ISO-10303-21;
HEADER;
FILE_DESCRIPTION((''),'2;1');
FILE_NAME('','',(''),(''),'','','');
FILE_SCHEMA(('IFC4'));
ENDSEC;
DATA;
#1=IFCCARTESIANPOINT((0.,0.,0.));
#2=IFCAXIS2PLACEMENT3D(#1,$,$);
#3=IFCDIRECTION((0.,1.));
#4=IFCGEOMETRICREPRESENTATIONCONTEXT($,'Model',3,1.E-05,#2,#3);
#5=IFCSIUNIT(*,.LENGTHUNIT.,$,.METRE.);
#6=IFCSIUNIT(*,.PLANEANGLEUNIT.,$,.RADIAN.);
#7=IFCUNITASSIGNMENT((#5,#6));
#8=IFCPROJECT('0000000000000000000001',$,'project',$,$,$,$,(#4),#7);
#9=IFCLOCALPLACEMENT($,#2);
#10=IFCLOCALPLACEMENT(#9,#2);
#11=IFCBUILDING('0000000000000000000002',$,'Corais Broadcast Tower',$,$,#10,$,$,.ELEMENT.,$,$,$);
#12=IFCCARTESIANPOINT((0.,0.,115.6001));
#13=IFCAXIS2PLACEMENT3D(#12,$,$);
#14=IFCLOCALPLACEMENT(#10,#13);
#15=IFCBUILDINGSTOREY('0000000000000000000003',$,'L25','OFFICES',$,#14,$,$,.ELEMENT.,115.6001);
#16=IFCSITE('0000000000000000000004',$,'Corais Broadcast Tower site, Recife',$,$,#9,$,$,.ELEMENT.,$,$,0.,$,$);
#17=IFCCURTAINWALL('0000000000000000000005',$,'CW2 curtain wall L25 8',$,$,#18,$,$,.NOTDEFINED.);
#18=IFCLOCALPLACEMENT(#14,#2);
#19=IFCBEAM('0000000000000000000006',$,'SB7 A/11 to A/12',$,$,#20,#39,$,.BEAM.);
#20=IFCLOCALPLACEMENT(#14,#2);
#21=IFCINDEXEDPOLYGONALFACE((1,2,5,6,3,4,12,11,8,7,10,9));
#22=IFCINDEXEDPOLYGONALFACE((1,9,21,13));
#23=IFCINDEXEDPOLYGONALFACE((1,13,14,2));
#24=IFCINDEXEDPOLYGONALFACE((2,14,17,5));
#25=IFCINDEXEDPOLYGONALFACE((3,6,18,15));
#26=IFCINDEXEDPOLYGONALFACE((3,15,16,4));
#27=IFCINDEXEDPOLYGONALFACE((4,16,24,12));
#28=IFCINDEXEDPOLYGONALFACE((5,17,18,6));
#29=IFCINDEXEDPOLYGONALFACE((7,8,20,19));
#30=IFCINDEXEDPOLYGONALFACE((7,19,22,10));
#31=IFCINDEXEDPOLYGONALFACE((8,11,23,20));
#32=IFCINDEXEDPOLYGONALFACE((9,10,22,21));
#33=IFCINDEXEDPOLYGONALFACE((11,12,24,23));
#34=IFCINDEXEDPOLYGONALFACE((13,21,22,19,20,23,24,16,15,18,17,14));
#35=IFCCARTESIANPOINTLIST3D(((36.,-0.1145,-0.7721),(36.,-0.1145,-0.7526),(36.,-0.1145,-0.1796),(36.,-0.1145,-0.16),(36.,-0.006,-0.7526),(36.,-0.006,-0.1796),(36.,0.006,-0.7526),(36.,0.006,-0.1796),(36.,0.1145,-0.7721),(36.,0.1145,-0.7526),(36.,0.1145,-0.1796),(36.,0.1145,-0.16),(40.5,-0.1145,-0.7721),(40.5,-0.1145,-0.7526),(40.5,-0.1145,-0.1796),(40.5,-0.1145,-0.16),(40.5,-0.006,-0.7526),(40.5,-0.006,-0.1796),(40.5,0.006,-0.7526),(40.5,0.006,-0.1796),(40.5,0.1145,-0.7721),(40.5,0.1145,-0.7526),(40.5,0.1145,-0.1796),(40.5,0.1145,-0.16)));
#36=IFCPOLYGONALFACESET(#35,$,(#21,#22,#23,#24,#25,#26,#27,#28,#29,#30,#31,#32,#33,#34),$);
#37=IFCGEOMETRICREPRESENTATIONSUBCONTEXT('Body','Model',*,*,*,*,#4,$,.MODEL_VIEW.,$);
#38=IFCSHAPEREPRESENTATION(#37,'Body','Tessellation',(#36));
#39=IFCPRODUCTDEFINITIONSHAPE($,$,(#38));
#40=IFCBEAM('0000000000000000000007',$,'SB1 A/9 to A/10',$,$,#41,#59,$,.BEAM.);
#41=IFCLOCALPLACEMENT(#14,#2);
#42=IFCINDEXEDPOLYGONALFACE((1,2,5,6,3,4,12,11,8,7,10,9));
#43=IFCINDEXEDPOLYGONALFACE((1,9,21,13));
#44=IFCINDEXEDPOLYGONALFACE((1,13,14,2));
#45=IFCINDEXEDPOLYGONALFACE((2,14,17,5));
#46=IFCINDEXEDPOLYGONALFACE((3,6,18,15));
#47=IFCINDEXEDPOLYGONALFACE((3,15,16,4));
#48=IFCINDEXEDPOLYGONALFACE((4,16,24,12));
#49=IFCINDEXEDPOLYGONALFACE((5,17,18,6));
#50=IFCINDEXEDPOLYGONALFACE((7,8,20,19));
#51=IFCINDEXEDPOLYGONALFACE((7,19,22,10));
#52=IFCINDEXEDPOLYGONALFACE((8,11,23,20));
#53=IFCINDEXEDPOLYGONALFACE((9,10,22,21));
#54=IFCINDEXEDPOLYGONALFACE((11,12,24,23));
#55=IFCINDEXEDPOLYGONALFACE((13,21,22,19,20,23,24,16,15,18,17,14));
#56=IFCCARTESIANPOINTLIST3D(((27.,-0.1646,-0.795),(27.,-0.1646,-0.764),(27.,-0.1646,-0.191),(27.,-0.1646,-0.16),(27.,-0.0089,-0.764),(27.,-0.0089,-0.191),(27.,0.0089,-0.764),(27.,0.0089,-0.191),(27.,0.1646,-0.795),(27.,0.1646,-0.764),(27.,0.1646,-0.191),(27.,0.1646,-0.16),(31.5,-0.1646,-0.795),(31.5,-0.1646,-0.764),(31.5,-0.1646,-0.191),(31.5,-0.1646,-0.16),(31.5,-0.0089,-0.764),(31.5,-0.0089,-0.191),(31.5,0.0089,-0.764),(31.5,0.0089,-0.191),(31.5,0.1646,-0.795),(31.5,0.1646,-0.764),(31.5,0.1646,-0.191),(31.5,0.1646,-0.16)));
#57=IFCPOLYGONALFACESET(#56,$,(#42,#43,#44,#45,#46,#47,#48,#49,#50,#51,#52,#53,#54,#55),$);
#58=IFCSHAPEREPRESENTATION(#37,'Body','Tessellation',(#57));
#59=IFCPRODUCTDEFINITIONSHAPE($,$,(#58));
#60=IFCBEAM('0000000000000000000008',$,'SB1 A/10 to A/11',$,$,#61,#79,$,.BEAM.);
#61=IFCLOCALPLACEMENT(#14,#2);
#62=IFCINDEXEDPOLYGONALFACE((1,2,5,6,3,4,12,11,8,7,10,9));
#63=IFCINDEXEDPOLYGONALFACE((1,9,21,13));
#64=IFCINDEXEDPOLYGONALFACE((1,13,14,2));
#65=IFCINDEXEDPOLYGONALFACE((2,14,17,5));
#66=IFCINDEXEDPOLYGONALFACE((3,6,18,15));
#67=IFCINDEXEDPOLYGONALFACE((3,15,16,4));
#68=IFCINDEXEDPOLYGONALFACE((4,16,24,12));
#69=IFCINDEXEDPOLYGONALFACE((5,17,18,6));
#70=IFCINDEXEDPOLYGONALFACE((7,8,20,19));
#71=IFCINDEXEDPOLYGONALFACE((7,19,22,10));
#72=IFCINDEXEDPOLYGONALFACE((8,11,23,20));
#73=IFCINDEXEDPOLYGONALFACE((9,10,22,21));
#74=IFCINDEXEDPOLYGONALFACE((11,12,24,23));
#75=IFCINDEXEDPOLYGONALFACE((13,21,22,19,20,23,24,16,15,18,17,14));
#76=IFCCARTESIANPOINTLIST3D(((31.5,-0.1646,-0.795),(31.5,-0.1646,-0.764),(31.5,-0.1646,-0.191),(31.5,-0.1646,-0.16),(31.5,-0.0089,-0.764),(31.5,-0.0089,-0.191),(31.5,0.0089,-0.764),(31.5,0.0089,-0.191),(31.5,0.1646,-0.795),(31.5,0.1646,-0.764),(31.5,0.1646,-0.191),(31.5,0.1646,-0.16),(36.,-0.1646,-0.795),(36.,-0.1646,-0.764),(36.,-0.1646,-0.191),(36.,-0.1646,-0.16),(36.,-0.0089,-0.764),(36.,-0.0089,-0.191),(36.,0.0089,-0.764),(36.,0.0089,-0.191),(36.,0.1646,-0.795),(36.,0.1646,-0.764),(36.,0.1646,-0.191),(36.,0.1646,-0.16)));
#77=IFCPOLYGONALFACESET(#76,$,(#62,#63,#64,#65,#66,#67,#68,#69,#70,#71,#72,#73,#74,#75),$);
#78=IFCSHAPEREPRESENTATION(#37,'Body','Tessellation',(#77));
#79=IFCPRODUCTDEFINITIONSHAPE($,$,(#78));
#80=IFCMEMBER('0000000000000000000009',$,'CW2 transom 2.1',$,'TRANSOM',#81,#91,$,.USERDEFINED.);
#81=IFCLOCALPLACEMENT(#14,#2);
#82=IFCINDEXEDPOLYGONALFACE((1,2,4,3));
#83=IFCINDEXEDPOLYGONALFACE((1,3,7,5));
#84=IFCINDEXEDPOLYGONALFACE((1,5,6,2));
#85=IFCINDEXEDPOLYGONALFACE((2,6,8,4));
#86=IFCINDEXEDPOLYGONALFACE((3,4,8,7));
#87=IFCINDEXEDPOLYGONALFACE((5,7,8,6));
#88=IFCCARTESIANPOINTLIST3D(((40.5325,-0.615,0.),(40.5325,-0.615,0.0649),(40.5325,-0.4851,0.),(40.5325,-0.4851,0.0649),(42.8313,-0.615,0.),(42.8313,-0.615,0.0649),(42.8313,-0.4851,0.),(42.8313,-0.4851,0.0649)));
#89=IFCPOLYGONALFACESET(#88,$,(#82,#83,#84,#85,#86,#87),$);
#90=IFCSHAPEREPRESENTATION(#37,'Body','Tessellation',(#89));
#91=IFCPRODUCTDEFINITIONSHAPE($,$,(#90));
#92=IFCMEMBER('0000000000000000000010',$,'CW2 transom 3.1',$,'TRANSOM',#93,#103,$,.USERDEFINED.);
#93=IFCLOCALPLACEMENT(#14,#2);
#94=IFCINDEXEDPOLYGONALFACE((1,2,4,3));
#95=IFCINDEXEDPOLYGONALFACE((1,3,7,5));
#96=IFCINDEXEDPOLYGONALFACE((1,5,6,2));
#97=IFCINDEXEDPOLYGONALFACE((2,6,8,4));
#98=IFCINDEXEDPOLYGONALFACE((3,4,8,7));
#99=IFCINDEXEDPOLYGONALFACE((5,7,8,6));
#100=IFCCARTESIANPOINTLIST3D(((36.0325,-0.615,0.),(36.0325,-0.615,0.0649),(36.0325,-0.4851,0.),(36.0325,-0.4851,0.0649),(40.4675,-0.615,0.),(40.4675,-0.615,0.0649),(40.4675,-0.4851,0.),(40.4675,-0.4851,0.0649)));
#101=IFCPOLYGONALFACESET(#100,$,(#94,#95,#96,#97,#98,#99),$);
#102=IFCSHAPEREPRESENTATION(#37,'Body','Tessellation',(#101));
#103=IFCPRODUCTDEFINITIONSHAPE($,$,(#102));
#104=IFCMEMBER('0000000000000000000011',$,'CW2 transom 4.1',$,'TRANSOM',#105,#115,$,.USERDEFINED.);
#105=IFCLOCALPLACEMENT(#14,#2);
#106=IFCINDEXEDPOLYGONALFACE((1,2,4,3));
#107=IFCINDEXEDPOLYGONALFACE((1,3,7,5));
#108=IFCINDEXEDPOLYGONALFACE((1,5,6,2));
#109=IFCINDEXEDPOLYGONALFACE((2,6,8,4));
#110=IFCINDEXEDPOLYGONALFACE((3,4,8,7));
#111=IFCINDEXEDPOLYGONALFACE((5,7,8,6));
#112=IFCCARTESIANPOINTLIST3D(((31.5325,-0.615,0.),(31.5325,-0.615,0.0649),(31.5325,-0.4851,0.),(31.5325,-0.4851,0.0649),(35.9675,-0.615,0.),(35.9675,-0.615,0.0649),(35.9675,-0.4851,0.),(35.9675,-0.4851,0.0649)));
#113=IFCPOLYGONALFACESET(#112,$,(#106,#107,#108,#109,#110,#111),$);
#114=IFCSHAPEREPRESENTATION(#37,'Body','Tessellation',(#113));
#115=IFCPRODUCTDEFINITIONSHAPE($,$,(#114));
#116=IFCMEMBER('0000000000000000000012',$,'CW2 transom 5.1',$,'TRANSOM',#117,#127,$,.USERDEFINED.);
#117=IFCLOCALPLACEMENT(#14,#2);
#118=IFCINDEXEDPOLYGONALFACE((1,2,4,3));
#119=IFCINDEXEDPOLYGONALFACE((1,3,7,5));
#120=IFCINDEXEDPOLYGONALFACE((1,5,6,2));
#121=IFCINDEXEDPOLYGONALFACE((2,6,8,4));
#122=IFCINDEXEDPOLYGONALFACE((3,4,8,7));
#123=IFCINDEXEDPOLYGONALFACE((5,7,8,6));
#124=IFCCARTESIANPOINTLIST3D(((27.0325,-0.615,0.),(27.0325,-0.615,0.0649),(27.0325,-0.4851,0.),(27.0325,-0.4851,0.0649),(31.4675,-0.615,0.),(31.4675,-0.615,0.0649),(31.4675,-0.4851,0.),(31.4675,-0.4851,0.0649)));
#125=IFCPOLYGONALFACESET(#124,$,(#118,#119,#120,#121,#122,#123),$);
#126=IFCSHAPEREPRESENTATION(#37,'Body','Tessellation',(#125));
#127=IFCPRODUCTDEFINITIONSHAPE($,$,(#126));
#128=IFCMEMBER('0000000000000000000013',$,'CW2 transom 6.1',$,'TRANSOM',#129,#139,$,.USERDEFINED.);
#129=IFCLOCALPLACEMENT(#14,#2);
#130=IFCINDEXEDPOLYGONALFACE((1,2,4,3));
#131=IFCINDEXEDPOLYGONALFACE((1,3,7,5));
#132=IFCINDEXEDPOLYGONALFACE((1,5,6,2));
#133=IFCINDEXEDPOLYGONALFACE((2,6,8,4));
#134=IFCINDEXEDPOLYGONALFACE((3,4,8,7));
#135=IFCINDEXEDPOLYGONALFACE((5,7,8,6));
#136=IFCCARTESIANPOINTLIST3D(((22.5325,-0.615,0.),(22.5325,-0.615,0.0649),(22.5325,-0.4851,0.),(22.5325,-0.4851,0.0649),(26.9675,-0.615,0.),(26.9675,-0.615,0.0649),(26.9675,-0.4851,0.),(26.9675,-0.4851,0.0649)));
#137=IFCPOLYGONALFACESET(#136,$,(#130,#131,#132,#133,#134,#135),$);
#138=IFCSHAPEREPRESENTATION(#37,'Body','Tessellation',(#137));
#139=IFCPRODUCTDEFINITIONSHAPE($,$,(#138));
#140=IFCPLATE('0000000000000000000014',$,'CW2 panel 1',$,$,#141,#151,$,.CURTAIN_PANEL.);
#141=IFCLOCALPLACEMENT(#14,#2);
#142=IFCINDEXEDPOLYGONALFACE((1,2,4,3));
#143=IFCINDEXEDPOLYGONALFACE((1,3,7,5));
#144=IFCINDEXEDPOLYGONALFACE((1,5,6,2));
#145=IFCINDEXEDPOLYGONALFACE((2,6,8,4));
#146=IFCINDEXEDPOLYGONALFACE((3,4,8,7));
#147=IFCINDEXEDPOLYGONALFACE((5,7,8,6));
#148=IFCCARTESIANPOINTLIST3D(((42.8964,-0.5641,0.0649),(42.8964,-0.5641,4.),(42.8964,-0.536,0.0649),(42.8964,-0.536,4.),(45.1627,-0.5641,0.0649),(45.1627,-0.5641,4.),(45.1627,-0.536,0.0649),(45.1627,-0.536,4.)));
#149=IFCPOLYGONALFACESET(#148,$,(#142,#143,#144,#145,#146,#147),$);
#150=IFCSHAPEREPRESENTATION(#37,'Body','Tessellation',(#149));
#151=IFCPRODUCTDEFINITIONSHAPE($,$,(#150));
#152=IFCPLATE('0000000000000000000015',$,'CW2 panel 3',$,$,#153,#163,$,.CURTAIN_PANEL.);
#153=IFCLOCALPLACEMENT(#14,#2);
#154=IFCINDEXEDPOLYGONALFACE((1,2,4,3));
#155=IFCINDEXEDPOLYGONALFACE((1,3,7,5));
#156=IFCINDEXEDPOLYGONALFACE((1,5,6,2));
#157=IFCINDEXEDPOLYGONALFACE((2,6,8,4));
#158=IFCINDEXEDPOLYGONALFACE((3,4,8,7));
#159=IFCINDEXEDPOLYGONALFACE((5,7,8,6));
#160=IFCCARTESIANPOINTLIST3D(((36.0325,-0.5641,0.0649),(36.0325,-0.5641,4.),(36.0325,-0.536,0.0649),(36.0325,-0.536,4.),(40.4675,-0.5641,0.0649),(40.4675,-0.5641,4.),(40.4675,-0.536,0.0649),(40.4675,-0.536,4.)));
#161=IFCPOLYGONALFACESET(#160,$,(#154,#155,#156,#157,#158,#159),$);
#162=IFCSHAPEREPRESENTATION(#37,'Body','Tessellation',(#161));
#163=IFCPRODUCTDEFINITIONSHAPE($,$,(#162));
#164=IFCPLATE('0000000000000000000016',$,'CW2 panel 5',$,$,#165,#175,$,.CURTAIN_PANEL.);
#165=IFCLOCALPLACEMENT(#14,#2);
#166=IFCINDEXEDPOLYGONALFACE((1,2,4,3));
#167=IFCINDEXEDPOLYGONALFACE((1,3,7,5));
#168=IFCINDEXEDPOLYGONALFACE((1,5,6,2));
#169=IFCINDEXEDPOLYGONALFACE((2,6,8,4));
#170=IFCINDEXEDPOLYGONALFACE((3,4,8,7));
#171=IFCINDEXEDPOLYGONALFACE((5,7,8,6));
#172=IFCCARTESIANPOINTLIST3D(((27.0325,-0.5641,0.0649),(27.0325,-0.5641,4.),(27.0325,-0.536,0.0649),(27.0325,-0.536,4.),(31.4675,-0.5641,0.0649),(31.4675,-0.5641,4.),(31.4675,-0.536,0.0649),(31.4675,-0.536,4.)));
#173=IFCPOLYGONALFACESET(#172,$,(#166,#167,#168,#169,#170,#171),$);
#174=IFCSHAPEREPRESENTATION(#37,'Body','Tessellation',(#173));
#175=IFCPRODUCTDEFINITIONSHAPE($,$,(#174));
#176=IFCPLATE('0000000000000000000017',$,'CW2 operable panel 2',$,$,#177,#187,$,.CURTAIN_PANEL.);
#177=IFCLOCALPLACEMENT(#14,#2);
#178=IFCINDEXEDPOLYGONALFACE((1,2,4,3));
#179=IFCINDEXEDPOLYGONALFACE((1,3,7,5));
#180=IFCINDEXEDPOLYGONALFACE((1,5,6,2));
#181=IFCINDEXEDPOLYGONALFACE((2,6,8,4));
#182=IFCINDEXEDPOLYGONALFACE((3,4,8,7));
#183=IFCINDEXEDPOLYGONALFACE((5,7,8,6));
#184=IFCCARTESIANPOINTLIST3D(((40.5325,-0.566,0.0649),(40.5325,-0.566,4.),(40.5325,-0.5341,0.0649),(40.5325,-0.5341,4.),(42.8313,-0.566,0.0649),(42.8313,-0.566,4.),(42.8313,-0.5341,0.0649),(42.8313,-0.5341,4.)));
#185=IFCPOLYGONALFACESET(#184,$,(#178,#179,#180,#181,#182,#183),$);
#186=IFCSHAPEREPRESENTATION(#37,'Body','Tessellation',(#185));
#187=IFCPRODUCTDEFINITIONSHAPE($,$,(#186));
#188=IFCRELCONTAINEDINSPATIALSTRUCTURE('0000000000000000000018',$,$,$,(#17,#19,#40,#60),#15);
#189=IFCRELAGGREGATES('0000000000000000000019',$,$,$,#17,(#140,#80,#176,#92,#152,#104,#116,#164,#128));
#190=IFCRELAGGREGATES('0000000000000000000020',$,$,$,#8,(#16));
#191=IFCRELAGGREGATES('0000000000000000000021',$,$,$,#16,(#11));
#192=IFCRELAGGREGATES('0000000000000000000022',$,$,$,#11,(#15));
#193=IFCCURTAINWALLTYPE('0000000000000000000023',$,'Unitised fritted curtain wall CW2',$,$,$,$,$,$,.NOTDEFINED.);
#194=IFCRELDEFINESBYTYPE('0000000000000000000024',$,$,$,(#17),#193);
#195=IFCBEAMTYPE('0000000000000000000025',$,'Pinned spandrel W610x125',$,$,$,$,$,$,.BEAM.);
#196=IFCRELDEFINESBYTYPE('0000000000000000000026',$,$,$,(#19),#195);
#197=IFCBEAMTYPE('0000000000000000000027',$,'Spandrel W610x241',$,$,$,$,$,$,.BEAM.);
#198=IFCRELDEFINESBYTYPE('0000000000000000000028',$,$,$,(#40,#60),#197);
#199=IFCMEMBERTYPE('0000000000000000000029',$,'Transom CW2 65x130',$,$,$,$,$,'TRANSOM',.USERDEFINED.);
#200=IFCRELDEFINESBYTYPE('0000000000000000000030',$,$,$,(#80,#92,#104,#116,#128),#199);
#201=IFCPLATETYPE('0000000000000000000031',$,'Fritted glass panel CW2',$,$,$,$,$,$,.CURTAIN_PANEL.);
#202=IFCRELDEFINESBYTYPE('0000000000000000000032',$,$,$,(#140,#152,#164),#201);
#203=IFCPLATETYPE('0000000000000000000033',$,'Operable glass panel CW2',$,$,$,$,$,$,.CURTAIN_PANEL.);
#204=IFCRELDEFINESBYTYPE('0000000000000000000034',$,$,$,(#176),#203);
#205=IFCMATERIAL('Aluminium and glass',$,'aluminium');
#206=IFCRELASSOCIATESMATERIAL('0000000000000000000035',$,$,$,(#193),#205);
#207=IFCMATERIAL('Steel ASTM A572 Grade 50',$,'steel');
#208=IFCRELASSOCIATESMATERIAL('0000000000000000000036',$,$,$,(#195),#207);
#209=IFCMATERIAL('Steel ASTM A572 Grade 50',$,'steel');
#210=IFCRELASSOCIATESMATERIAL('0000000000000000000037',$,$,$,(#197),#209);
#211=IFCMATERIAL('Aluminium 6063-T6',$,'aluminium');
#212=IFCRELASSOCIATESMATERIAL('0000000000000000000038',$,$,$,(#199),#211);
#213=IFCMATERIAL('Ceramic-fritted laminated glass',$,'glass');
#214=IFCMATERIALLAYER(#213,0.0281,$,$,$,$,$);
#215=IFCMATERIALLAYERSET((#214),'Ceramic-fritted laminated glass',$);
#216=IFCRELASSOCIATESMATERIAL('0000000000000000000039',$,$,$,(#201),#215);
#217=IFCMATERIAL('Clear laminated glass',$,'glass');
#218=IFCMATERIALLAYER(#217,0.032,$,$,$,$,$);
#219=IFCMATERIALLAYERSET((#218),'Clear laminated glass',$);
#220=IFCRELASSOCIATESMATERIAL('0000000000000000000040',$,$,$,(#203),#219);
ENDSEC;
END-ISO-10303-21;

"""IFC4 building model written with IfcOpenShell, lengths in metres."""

from ifc_helpers import new_model, si_unit, direction, frame, origin, origin_2d, place, context, subcontext, project, spatial, rectangle, i_section, extrude, material, layer, layer_set, material_profile, profile_set, type_object, element, aggregate, save


model = new_model("IFC4")

# Units and contexts
model_context = context("Model", 3, precision=1e-05, world=origin(), true_north=direction((0.0, 1.0)))
body_context = subcontext(model_context, "Body", "Model", "MODEL_VIEW")
ifc_project = project(units=[si_unit("LENGTHUNIT", "METRE"), si_unit("PLANEANGLEUNIT", "RADIAN")], contexts=[model_context])

# Site, building, storey
site_placement = place(None, origin())
site = spatial("IfcSite", under=ifc_project, at=site_placement, Name="Corais Broadcast Tower site, Recife", CompositionType="ELEMENT", RefElevation=0.0)
building_placement = place(site_placement, origin())
building = spatial("IfcBuilding", under=site, at=building_placement, Name="Corais Broadcast Tower", CompositionType="ELEMENT")
storey_placement = place(building_placement, frame((0.0, 0.0, 115.6001)))
storey = spatial("IfcBuildingStorey", under=building, at=storey_placement, Name="L25", Description="OFFICES", CompositionType="ELEMENT", Elevation=115.6001)

# Curtain wall
ifc_material_1 = material(Name="Aluminium and glass", Category="aluminium")
curtain_wall_type = type_object("IfcCurtainWallType", Name="Unitised fritted curtain wall CW2", PredefinedType="NOTDEFINED", material=ifc_material_1)
curtain_wall_placement = place(storey_placement, origin())
curtain_wall = element("IfcCurtainWall", 1, at=curtain_wall_placement, inside=storey, type_object=curtain_wall_type, Name="CW2 curtain wall L25 8", PredefinedType="NOTDEFINED")

# Beams
ifc_material_2 = material(Name="Steel ASTM A572 Grade 50", Category="steel")
ifc_material_profile_1 = material_profile(ifc_material_2, i_section(OverallWidth=0.229, OverallDepth=0.6121, WebThickness=0.012, FlangeThickness=0.0195, at=origin_2d()), Name="W610x125")
ifc_profile_set_1 = profile_set([ifc_material_profile_1], Name="Steel ASTM A572 Grade 50")
beam_type_1 = type_object("IfcBeamType", Name="Pinned spandrel W610x125", PredefinedType="BEAM", material=ifc_profile_set_1)
beam_placement = place(storey_placement, frame((36.0, 0.0, -0.4661), z_axis=(1.0, 0.0, 0.0), x_axis=(0.0, 1.0, 0.0)))
element("IfcBeam", 2, at=beam_placement, inside=storey, type_object=beam_type_1, Name="SB7 A/11 to A/12", PredefinedType="BEAM", context=body_context, shape_type="SweptSolid", body=[
    extrude(i_section(OverallWidth=0.229, OverallDepth=0.6121, WebThickness=0.012, FlangeThickness=0.0195, at=origin_2d()), origin(), (0.0, 0.0, 1.0), 4.5),
])
ifc_material_3 = material(Name="Steel ASTM A572 Grade 50", Category="steel")
ifc_material_profile_2 = material_profile(ifc_material_3, i_section(OverallWidth=0.3291, OverallDepth=0.635, WebThickness=0.0178, FlangeThickness=0.031, at=origin_2d()), Name="W610x241")
ifc_profile_set_2 = profile_set([ifc_material_profile_2], Name="Steel ASTM A572 Grade 50")
beam_type_2 = type_object("IfcBeamType", Name="Spandrel W610x241", PredefinedType="BEAM", material=ifc_profile_set_2)
for number, where, z_axis, x_axis, name in (
    (3, (27.0, 0.0, -0.4775), (1.0, 0.0, 0.0), (0.0, 1.0, 0.0), "SB1 A/9 to A/10"),
    (4, (31.5, 0.0, -0.4775), (1.0, 0.0, 0.0), (0.0, 1.0, 0.0), "SB1 A/10 to A/11"),
):
    element("IfcBeam", number, at=place(storey_placement, frame(where, z_axis=z_axis, x_axis=x_axis)), inside=storey, type_object=beam_type_2, Name=name, PredefinedType="BEAM", context=body_context, shape_type="SweptSolid", body=[
        extrude(i_section(OverallWidth=0.3291, OverallDepth=0.635, WebThickness=0.0178, FlangeThickness=0.031, at=origin_2d()), origin(), (0.0, 0.0, 1.0), 4.5),
    ])

# Members
ifc_material_4 = material(Name="Aluminium 6063-T6", Category="aluminium")
ifc_material_profile_3 = material_profile(ifc_material_4, rectangle(XDim=0.1299, YDim=0.0649, at=origin_2d()), Name="Transom CW2 65x130")
ifc_profile_set_3 = profile_set([ifc_material_profile_3], Name="Aluminium 6063-T6")
member_type_1 = type_object("IfcMemberType", Name="Transom CW2 65x130", ElementType="TRANSOM", PredefinedType="USERDEFINED", material=ifc_profile_set_3)
member_1_placement = place(storey_placement, frame((42.8313, -0.55, 0.0325), z_axis=(-1.0, 0.0, 0.0), x_axis=(0.0, -1.0, 0.0)))
member_1 = element("IfcMember", 5, at=member_1_placement, type_object=member_type_1, Name="CW2 transom 2.1", ObjectType="TRANSOM", PredefinedType="USERDEFINED", context=body_context, shape_type="SweptSolid", body=[
    extrude(rectangle(XDim=0.1299, YDim=0.0649, at=origin_2d()), origin(), (0.0, 0.0, 1.0), 2.2988),
])
member_2_placement = place(storey_placement, frame((40.4675, -0.55, 0.0325), z_axis=(-1.0, 0.0, 0.0), x_axis=(0.0, -1.0, 0.0)))
member_2 = element("IfcMember", 6, at=member_2_placement, type_object=member_type_1, Name="CW2 transom 3.1", ObjectType="TRANSOM", PredefinedType="USERDEFINED", context=body_context, shape_type="SweptSolid", body=[
    extrude(rectangle(XDim=0.1299, YDim=0.0649, at=origin_2d()), origin(), (0.0, 0.0, 1.0), 4.4351),
])
member_3_placement = place(storey_placement, frame((35.9675, -0.55, 0.0325), z_axis=(-1.0, 0.0, 0.0), x_axis=(0.0, -1.0, 0.0)))
member_3 = element("IfcMember", 7, at=member_3_placement, type_object=member_type_1, Name="CW2 transom 4.1", ObjectType="TRANSOM", PredefinedType="USERDEFINED", context=body_context, shape_type="SweptSolid", body=[
    extrude(rectangle(XDim=0.1299, YDim=0.0649, at=origin_2d()), origin(), (0.0, 0.0, 1.0), 4.4351),
])
member_4_placement = place(storey_placement, frame((31.4675, -0.55, 0.0325), z_axis=(-1.0, 0.0, 0.0), x_axis=(0.0, -1.0, 0.0)))
member_4 = element("IfcMember", 8, at=member_4_placement, type_object=member_type_1, Name="CW2 transom 5.1", ObjectType="TRANSOM", PredefinedType="USERDEFINED", context=body_context, shape_type="SweptSolid", body=[
    extrude(rectangle(XDim=0.1299, YDim=0.0649, at=origin_2d()), origin(), (0.0, 0.0, 1.0), 4.4351),
])
member_5_placement = place(storey_placement, frame((26.9675, -0.55, 0.0325), z_axis=(-1.0, 0.0, 0.0), x_axis=(0.0, -1.0, 0.0)))
member_5 = element("IfcMember", 9, at=member_5_placement, type_object=member_type_1, Name="CW2 transom 6.1", ObjectType="TRANSOM", PredefinedType="USERDEFINED", context=body_context, shape_type="SweptSolid", body=[
    extrude(rectangle(XDim=0.1299, YDim=0.0649, at=origin_2d()), origin(), (0.0, 0.0, 1.0), 4.4351),
])

# Plates
ifc_material_5 = material(Name="Ceramic-fritted laminated glass", Category="glass")
ifc_layer_1 = layer(ifc_material_5, 0.0281)
ifc_layer_set_1 = layer_set([ifc_layer_1], Name="Ceramic-fritted laminated glass")
plate_type_1 = type_object("IfcPlateType", Name="Fritted glass panel CW2", PredefinedType="CURTAIN_PANEL", material=ifc_layer_set_1)
plate_1_placement = place(storey_placement, frame((44.0295, -0.55, 0.0649), z_axis=(0.0, 0.0, 1.0), x_axis=(-1.0, 0.0, 0.0)))
plate_1 = element("IfcPlate", 10, at=plate_1_placement, type_object=plate_type_1, Name="CW2 panel 1", PredefinedType="CURTAIN_PANEL", context=body_context, shape_type="SweptSolid", body=[
    extrude(rectangle(XDim=2.2664, YDim=0.0281, at=origin_2d()), origin(), (0.0, 0.0, 1.0), 3.9351),
])
plate_2_placement = place(storey_placement, frame((38.25, -0.55, 0.0649), z_axis=(0.0, 0.0, 1.0), x_axis=(-1.0, 0.0, 0.0)))
plate_2 = element("IfcPlate", 11, at=plate_2_placement, type_object=plate_type_1, Name="CW2 panel 3", PredefinedType="CURTAIN_PANEL", context=body_context, shape_type="SweptSolid", body=[
    extrude(rectangle(XDim=4.4351, YDim=0.0281, at=origin_2d()), origin(), (0.0, 0.0, 1.0), 3.9351),
])
plate_3_placement = place(storey_placement, frame((29.25, -0.55, 0.0649), z_axis=(0.0, 0.0, 1.0), x_axis=(-1.0, 0.0, 0.0)))
plate_3 = element("IfcPlate", 12, at=plate_3_placement, type_object=plate_type_1, Name="CW2 panel 5", PredefinedType="CURTAIN_PANEL", context=body_context, shape_type="SweptSolid", body=[
    extrude(rectangle(XDim=4.4351, YDim=0.0281, at=origin_2d()), origin(), (0.0, 0.0, 1.0), 3.9351),
])
ifc_material_6 = material(Name="Clear laminated glass", Category="glass")
ifc_layer_2 = layer(ifc_material_6, 0.032)
ifc_layer_set_2 = layer_set([ifc_layer_2], Name="Clear laminated glass")
plate_type_2 = type_object("IfcPlateType", Name="Operable glass panel CW2", PredefinedType="CURTAIN_PANEL", material=ifc_layer_set_2)
plate_4_placement = place(storey_placement, frame((41.6819, -0.55, 0.0649), z_axis=(0.0, 0.0, 1.0), x_axis=(-1.0, 0.0, 0.0)))
plate_4 = element("IfcPlate", 13, at=plate_4_placement, type_object=plate_type_2, Name="CW2 operable panel 2", PredefinedType="CURTAIN_PANEL", context=body_context, shape_type="SweptSolid", body=[
    extrude(rectangle(XDim=2.2988, YDim=0.032, at=origin_2d()), origin(), (0.0, 0.0, 1.0), 3.9351),
])
aggregate(curtain_wall, [plate_1, member_1, plate_4, member_2, plate_2, member_3, member_4, plate_3, member_5])

save(model, "model.ifc")
